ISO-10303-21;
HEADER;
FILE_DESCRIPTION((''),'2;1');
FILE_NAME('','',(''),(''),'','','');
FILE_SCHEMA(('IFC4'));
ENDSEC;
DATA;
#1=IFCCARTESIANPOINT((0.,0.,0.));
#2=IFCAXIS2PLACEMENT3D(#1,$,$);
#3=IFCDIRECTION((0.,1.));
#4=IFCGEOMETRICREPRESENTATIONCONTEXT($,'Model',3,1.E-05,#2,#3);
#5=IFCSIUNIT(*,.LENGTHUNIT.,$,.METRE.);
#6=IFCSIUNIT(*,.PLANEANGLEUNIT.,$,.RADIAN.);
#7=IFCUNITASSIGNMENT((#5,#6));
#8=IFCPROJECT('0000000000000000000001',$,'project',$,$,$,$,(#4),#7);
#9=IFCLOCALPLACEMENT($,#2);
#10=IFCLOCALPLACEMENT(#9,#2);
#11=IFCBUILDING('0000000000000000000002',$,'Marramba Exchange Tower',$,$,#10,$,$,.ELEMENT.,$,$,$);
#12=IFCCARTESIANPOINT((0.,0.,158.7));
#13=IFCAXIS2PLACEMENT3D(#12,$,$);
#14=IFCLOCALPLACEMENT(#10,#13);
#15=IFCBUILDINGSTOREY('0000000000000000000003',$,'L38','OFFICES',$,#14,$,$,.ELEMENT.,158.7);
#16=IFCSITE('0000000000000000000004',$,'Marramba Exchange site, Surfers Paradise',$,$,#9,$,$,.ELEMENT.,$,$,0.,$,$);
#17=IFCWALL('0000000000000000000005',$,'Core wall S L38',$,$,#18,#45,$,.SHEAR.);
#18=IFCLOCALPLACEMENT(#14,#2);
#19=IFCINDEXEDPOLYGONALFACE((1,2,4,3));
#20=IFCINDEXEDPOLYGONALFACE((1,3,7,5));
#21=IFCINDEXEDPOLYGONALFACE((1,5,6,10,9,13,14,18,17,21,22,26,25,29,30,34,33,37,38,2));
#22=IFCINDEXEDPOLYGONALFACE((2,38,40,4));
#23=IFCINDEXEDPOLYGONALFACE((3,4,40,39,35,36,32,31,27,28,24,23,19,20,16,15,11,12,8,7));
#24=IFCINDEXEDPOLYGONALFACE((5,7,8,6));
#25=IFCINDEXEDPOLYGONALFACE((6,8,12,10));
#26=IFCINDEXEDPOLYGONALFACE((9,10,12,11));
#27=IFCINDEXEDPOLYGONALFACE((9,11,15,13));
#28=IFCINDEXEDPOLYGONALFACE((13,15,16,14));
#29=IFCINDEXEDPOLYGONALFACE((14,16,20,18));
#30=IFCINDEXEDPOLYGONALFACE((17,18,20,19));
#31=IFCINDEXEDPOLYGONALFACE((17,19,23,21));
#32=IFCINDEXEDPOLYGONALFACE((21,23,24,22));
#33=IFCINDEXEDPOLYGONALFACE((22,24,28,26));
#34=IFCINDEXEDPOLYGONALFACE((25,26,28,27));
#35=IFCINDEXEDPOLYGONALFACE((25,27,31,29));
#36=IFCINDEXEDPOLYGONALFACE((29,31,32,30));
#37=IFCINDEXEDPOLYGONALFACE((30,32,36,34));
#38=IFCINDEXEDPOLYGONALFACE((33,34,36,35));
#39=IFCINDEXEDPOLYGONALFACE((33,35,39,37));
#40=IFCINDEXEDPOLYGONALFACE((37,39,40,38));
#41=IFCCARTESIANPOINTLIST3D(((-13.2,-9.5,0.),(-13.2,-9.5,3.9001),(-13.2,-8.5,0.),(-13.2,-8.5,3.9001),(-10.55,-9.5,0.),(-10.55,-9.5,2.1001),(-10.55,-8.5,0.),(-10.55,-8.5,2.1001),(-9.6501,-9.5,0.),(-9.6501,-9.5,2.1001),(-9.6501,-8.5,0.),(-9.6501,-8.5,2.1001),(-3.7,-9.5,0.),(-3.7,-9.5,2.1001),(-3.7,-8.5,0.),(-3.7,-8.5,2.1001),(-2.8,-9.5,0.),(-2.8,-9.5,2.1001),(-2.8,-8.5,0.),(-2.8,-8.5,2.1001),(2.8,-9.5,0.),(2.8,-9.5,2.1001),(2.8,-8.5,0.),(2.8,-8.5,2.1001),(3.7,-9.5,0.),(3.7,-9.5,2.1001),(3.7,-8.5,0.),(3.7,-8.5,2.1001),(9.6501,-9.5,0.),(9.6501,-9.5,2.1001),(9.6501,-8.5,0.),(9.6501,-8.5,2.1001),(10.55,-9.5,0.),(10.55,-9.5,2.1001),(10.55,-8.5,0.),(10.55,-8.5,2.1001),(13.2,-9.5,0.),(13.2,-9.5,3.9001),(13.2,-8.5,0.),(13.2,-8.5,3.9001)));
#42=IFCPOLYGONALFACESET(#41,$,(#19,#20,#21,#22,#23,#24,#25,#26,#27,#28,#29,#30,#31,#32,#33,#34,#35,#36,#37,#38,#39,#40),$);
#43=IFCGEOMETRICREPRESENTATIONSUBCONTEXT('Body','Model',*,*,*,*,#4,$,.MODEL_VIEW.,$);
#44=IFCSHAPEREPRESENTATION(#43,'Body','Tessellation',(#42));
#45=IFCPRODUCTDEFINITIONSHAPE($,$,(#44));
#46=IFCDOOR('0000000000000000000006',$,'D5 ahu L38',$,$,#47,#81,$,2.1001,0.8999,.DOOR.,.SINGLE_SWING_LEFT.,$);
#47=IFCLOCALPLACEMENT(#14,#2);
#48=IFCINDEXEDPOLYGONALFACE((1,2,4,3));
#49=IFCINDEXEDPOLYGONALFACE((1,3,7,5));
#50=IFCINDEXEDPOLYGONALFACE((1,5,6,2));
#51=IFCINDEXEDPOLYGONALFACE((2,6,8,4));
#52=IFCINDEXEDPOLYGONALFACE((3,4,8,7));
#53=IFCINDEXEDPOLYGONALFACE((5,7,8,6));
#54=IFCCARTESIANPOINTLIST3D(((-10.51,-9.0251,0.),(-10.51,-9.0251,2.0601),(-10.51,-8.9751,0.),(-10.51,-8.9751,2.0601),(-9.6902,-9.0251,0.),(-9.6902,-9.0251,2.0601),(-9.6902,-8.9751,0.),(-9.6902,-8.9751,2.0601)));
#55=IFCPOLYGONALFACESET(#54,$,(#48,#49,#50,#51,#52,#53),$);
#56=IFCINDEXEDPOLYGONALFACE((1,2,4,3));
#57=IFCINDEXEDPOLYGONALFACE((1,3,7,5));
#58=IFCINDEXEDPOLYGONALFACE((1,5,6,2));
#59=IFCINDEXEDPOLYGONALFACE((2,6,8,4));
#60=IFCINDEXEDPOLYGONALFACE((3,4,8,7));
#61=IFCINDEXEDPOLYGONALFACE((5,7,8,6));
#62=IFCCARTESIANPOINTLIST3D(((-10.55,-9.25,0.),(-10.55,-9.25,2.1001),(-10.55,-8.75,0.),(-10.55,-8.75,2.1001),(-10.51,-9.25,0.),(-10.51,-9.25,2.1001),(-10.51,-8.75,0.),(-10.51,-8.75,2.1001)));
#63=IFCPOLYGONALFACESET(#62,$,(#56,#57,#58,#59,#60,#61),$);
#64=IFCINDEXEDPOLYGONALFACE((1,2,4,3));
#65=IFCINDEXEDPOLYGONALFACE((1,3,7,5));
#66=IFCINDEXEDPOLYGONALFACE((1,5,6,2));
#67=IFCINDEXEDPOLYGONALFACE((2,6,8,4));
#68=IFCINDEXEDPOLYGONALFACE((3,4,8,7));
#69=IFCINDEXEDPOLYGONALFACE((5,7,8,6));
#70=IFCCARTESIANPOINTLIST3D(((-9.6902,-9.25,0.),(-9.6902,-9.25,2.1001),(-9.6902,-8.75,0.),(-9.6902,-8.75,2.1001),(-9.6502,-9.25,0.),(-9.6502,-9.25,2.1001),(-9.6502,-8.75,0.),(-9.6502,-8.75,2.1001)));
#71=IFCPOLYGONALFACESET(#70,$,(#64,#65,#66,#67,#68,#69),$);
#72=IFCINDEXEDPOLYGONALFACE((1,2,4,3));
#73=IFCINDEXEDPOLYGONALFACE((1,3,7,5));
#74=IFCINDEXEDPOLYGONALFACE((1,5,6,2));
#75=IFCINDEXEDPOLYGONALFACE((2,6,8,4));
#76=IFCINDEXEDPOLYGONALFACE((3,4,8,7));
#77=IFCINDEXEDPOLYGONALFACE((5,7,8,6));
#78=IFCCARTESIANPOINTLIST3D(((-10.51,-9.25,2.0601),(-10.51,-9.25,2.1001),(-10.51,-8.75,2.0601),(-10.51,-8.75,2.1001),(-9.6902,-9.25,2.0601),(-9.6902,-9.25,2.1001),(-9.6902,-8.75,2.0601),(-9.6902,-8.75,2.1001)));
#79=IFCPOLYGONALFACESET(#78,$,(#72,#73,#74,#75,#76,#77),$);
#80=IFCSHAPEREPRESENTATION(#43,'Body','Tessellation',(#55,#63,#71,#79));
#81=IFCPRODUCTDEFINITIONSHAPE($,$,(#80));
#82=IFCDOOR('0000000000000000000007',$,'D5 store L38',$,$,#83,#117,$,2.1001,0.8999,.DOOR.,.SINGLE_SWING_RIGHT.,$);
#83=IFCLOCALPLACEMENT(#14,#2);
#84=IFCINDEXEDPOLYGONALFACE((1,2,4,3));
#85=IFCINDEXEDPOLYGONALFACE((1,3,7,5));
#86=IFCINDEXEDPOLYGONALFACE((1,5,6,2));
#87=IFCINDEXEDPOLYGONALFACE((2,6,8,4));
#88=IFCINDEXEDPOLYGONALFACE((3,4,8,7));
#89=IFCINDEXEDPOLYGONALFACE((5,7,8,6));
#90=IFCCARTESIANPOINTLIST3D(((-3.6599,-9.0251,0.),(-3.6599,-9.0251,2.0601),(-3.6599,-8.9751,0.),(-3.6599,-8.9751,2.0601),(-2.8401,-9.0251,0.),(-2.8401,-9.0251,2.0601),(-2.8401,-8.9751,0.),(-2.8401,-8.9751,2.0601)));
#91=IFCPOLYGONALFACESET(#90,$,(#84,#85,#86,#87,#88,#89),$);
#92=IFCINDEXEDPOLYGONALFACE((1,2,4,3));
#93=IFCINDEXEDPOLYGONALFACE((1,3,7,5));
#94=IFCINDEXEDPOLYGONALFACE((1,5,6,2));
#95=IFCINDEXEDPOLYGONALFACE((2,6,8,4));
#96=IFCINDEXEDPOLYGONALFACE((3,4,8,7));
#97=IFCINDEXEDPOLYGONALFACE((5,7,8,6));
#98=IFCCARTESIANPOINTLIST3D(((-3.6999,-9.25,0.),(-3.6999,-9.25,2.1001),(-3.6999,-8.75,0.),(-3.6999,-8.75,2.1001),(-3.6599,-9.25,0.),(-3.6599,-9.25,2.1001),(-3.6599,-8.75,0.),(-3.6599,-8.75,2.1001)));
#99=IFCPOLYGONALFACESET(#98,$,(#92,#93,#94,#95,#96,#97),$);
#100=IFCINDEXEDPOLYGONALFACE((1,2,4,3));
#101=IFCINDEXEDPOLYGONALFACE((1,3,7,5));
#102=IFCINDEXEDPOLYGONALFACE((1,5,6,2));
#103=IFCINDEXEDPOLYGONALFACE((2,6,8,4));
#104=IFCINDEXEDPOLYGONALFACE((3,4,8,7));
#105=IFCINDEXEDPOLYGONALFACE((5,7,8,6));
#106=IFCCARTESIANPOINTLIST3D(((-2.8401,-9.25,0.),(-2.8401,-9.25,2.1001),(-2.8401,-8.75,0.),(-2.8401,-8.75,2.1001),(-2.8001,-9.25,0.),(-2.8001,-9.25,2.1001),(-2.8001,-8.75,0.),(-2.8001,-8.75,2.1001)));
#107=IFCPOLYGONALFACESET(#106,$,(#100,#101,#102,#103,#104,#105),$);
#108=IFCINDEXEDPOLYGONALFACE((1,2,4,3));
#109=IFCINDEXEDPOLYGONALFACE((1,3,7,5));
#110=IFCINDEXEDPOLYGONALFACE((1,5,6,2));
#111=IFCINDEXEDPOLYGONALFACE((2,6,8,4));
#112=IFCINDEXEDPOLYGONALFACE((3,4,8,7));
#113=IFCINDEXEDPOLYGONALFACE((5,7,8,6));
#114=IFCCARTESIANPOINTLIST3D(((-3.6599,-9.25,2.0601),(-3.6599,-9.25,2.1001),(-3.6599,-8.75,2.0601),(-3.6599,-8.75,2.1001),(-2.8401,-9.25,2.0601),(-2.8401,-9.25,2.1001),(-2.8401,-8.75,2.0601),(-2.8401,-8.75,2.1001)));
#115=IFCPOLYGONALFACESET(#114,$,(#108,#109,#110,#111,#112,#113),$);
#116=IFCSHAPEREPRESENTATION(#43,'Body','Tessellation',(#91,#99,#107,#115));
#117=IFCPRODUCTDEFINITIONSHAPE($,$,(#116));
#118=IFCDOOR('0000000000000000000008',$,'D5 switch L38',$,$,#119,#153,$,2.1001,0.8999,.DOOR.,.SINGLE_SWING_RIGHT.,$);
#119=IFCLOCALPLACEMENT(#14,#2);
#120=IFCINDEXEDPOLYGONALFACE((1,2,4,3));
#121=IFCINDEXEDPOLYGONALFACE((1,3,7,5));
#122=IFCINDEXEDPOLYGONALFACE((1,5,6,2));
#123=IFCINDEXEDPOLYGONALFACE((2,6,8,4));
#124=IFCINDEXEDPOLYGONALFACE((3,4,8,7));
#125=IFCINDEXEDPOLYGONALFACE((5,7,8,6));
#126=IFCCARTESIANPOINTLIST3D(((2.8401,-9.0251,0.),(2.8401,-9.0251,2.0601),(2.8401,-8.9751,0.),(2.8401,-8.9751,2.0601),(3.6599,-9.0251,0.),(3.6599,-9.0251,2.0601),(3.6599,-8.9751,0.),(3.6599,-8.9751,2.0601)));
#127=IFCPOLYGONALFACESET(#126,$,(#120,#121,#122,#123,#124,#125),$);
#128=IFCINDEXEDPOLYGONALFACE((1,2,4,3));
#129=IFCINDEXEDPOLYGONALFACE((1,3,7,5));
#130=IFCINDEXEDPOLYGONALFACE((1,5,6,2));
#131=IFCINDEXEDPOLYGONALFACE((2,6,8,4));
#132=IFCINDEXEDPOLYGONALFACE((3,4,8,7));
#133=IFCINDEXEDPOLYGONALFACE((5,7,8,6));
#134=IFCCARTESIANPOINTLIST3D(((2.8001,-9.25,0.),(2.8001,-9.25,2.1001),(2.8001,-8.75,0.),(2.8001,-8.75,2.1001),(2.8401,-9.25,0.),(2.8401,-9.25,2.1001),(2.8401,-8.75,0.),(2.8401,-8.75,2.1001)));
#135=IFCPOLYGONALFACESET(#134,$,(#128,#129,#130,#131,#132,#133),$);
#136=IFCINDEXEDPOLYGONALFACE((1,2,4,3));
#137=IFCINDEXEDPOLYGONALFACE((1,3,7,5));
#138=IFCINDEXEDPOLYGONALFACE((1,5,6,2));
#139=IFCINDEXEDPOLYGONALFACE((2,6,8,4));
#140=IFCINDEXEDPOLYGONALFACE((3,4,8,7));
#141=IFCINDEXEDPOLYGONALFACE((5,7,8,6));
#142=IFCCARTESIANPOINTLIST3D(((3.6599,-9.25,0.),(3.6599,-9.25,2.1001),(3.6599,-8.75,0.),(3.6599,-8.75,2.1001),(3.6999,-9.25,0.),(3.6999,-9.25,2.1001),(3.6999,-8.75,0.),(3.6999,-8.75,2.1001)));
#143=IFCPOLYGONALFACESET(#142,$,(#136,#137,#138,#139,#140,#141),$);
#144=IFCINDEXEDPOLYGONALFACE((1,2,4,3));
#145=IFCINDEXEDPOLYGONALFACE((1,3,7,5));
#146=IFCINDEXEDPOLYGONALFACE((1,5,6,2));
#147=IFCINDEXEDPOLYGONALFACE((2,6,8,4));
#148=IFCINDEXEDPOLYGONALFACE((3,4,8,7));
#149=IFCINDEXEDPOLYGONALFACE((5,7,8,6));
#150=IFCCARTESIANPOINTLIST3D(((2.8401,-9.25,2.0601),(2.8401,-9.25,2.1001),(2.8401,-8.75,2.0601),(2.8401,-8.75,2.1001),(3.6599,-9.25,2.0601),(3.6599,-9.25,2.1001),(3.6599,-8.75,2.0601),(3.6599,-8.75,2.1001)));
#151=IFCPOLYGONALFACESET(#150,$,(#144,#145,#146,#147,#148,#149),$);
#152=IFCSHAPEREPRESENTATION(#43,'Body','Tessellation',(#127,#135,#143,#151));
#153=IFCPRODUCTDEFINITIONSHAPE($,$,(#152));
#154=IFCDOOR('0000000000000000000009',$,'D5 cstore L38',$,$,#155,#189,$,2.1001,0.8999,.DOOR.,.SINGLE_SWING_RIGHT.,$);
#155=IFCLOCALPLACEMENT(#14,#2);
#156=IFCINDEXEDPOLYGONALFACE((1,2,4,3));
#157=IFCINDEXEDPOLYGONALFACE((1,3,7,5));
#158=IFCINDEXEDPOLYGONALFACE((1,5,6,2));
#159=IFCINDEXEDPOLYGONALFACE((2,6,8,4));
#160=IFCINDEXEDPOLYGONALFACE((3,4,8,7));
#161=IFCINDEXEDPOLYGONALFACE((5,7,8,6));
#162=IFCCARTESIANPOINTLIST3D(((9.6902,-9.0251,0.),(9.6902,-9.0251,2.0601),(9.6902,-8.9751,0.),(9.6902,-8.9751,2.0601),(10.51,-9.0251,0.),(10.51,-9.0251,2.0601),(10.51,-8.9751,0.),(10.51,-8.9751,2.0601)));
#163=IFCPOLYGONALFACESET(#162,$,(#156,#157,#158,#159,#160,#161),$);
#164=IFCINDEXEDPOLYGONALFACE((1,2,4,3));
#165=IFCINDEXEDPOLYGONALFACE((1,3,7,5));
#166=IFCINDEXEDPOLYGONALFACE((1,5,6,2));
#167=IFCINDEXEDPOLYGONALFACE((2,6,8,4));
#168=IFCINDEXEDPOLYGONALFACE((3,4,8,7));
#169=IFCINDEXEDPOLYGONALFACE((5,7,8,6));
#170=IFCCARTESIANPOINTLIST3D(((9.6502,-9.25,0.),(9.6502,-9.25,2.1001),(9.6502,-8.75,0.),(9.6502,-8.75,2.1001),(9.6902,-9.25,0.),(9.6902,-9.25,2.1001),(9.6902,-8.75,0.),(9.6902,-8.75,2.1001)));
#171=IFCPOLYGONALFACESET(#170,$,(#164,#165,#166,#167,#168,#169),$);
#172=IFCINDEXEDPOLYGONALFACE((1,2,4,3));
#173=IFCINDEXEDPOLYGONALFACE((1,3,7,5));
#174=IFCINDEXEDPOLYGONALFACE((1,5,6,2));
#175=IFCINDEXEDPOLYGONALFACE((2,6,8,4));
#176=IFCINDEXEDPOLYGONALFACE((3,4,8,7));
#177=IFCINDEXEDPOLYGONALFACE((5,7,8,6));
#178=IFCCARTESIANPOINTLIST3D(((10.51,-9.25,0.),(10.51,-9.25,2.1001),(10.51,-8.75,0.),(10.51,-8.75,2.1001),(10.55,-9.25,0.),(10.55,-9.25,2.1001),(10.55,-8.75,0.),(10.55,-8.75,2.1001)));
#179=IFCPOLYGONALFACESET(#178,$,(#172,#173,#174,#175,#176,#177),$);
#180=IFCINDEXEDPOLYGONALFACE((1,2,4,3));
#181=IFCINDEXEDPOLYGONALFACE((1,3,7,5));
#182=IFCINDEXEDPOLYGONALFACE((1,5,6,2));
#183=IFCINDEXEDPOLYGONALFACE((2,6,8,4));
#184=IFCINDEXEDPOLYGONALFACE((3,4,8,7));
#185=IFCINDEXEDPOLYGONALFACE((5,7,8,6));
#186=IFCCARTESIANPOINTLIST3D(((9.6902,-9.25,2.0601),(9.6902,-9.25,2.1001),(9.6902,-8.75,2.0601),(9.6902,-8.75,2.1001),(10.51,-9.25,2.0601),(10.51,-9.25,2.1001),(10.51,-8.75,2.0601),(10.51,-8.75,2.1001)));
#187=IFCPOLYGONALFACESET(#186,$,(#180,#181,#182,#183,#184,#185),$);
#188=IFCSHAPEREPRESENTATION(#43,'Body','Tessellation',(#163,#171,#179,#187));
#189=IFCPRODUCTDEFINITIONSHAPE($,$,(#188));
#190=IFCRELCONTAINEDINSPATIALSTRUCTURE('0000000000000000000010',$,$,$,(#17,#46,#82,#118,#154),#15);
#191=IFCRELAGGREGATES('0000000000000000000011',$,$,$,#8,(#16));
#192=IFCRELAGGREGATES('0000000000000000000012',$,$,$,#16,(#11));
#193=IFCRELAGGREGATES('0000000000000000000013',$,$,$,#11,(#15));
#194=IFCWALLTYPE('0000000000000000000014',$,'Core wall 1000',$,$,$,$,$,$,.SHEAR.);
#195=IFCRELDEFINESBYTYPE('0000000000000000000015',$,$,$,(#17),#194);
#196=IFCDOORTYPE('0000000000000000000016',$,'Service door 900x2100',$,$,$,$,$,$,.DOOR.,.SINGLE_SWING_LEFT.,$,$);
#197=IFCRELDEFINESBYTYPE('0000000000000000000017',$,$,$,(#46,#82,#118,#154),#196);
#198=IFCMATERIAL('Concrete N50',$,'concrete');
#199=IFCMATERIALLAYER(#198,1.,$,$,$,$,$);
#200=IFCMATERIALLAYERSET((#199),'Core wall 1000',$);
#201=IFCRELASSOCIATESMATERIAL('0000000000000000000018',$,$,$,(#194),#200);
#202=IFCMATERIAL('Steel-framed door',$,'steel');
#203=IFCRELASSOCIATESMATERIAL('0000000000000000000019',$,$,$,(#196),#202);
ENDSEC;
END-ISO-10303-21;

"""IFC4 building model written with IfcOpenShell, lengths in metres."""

from ifc_helpers import new_model, si_unit, direction, frame, frame_2d, origin, place, context, subcontext, project, spatial, rectangle, extrude, material, layer, layer_set, type_object, element, fill, save


model = new_model("IFC4")

# Units and contexts
model_context = context("Model", 3, precision=1e-05, world=origin(), true_north=direction((0.0, 1.0)))
body_context = subcontext(model_context, "Body", "Model", "MODEL_VIEW")
ifc_project = project(units=[si_unit("LENGTHUNIT", "METRE"), si_unit("PLANEANGLEUNIT", "RADIAN")], contexts=[model_context])

# Site, building, storey
site_placement = place(None, origin())
site = spatial("IfcSite", under=ifc_project, at=site_placement, Name="Marramba Exchange site, Surfers Paradise", CompositionType="ELEMENT", RefElevation=0.0)
building_placement = place(site_placement, origin())
building = spatial("IfcBuilding", under=site, at=building_placement, Name="Marramba Exchange Tower", CompositionType="ELEMENT")
storey_placement = place(building_placement, frame((0.0, 0.0, 158.7)))
storey = spatial("IfcBuildingStorey", under=building, at=storey_placement, Name="L38", Description="OFFICES", CompositionType="ELEMENT", Elevation=158.7)

# Shared definitions
ifc_material_1 = material(Name="Concrete N50", Category="concrete")

# Wall, openings, doors
ifc_layer_1 = layer(ifc_material_1, 1.0)
ifc_layer_set_1 = layer_set([ifc_layer_1], Name="Core wall 1000")
wall_type_1 = type_object("IfcWallType", Name="Core wall 1000", PredefinedType="SHEAR", material=ifc_layer_set_1)
wall_1_placement = place(storey_placement, frame((-13.2, -9.0, 0.0), z_axis=(0.0, 0.0, 1.0), x_axis=(1.0, 0.0, 0.0)))
wall_1 = element("IfcWall", 1, at=wall_1_placement, inside=storey, type_object=wall_type_1, Name="Core wall S L38", PredefinedType="SHEAR", context=body_context, shape_type="SweptSolid", body=[
    extrude(rectangle(XDim=26.3999, YDim=1.0, at=frame_2d((13.2, 0.0))), origin(), (0.0, 0.0, 1.0), 3.9001),
])
opening_1_placement = place(wall_1_placement, frame((2.6499, 0.0, 0.0)))
opening_1 = element("IfcOpeningElement", 2, at=opening_1_placement, cuts=wall_1, PredefinedType="OPENING", context=body_context, shape_type="SweptSolid", body=[
    extrude(rectangle(XDim=0.8999, YDim=2.1001, at=frame_2d((0.45, 1.05))), frame((0.0, 0.51, 0.0), z_axis=(0.0, -1.0, 0.0), x_axis=(1.0, 0.0, 0.0)), (0.0, 0.0, 1.0), 1.02),
])
opening_2_placement = place(wall_1_placement, frame((9.5, 0.0, 0.0)))
opening_2 = element("IfcOpeningElement", 3, at=opening_2_placement, cuts=wall_1, PredefinedType="OPENING", context=body_context, shape_type="SweptSolid", body=[
    extrude(rectangle(XDim=0.8999, YDim=2.1001, at=frame_2d((0.45, 1.05))), frame((0.0, 0.51, 0.0), z_axis=(0.0, -1.0, 0.0), x_axis=(1.0, 0.0, 0.0)), (0.0, 0.0, 1.0), 1.02),
])
opening_3_placement = place(wall_1_placement, frame((16.0, 0.0, 0.0)))
opening_3 = element("IfcOpeningElement", 4, at=opening_3_placement, cuts=wall_1, PredefinedType="OPENING", context=body_context, shape_type="SweptSolid", body=[
    extrude(rectangle(XDim=0.8999, YDim=2.1001, at=frame_2d((0.45, 1.05))), frame((0.0, 0.51, 0.0), z_axis=(0.0, -1.0, 0.0), x_axis=(1.0, 0.0, 0.0)), (0.0, 0.0, 1.0), 1.02),
])
opening_4_placement = place(wall_1_placement, frame((22.8501, 0.0, 0.0)))
opening_4 = element("IfcOpeningElement", 5, at=opening_4_placement, cuts=wall_1, PredefinedType="OPENING", context=body_context, shape_type="SweptSolid", body=[
    extrude(rectangle(XDim=0.8999, YDim=2.1001, at=frame_2d((0.45, 1.05))), frame((0.0, 0.51, 0.0), z_axis=(0.0, -1.0, 0.0), x_axis=(1.0, 0.0, 0.0)), (0.0, 0.0, 1.0), 1.02),
])
ifc_material_2 = material(Name="Steel-framed door", Category="steel")
door_type_1 = type_object("IfcDoorType", Name="Service door 900x2100", OperationType="SINGLE_SWING_LEFT", PredefinedType="DOOR", material=ifc_material_2)
door_1_placement = place(opening_1_placement, origin())
door_1 = element("IfcDoor", 6, at=door_1_placement, inside=storey, type_object=door_type_1, Name="D5 ahu L38", OperationType="SINGLE_SWING_LEFT", OverallHeight=2.1001, OverallWidth=0.8999, PredefinedType="DOOR", context=body_context, shape_type="SweptSolid", body=[
    extrude(rectangle(XDim=0.8198, YDim=2.0601, at=frame_2d((0.45, 1.03))), frame((0.0, 0.0249, 0.0), z_axis=(0.0, -1.0, 0.0), x_axis=(1.0, 0.0, 0.0)), (0.0, 0.0, 1.0), 0.05),
    extrude(rectangle(XDim=0.04, YDim=2.1001, at=frame_2d((0.02, 1.05))), frame((0.0, 0.25, 0.0), z_axis=(0.0, -1.0, 0.0), x_axis=(1.0, 0.0, 0.0)), (0.0, 0.0, 1.0), 0.5),
    extrude(rectangle(XDim=0.04, YDim=2.1001, at=frame_2d((0.8799, 1.05))), frame((0.0, 0.25, 0.0), z_axis=(0.0, -1.0, 0.0), x_axis=(1.0, 0.0, 0.0)), (0.0, 0.0, 1.0), 0.5),
    extrude(rectangle(XDim=0.8198, YDim=0.04, at=frame_2d((0.45, 2.0801))), frame((0.0, 0.25, 0.0), z_axis=(0.0, -1.0, 0.0), x_axis=(1.0, 0.0, 0.0)), (0.0, 0.0, 1.0), 0.5),
])
fill(opening_1, door_1)
door_2_placement = place(opening_2_placement, origin())
door_2 = element("IfcDoor", 7, at=door_2_placement, inside=storey, type_object=door_type_1, Name="D5 store L38", OperationType="SINGLE_SWING_RIGHT", OverallHeight=2.1001, OverallWidth=0.8999, PredefinedType="DOOR", context=body_context, shape_type="SweptSolid", body=[
    extrude(rectangle(XDim=0.8198, YDim=2.0601, at=frame_2d((0.45, 1.03))), frame((0.0, 0.0249, 0.0), z_axis=(0.0, -1.0, 0.0), x_axis=(1.0, 0.0, 0.0)), (0.0, 0.0, 1.0), 0.05),
    extrude(rectangle(XDim=0.04, YDim=2.1001, at=frame_2d((0.02, 1.05))), frame((0.0, 0.25, 0.0), z_axis=(0.0, -1.0, 0.0), x_axis=(1.0, 0.0, 0.0)), (0.0, 0.0, 1.0), 0.5),
    extrude(rectangle(XDim=0.04, YDim=2.1001, at=frame_2d((0.8799, 1.05))), frame((0.0, 0.25, 0.0), z_axis=(0.0, -1.0, 0.0), x_axis=(1.0, 0.0, 0.0)), (0.0, 0.0, 1.0), 0.5),
    extrude(rectangle(XDim=0.8198, YDim=0.04, at=frame_2d((0.45, 2.0801))), frame((0.0, 0.25, 0.0), z_axis=(0.0, -1.0, 0.0), x_axis=(1.0, 0.0, 0.0)), (0.0, 0.0, 1.0), 0.5),
])
fill(opening_2, door_2)
door_3_placement = place(opening_3_placement, origin())
door_3 = element("IfcDoor", 8, at=door_3_placement, inside=storey, type_object=door_type_1, Name="D5 switch L38", OperationType="SINGLE_SWING_RIGHT", OverallHeight=2.1001, OverallWidth=0.8999, PredefinedType="DOOR", context=body_context, shape_type="SweptSolid", body=[
    extrude(rectangle(XDim=0.8198, YDim=2.0601, at=frame_2d((0.45, 1.03))), frame((0.0, 0.0249, 0.0), z_axis=(0.0, -1.0, 0.0), x_axis=(1.0, 0.0, 0.0)), (0.0, 0.0, 1.0), 0.05),
    extrude(rectangle(XDim=0.04, YDim=2.1001, at=frame_2d((0.02, 1.05))), frame((0.0, 0.25, 0.0), z_axis=(0.0, -1.0, 0.0), x_axis=(1.0, 0.0, 0.0)), (0.0, 0.0, 1.0), 0.5),
    extrude(rectangle(XDim=0.04, YDim=2.1001, at=frame_2d((0.8799, 1.05))), frame((0.0, 0.25, 0.0), z_axis=(0.0, -1.0, 0.0), x_axis=(1.0, 0.0, 0.0)), (0.0, 0.0, 1.0), 0.5),
    extrude(rectangle(XDim=0.8198, YDim=0.04, at=frame_2d((0.45, 2.0801))), frame((0.0, 0.25, 0.0), z_axis=(0.0, -1.0, 0.0), x_axis=(1.0, 0.0, 0.0)), (0.0, 0.0, 1.0), 0.5),
])
fill(opening_3, door_3)
door_4_placement = place(opening_4_placement, origin())
door_4 = element("IfcDoor", 9, at=door_4_placement, inside=storey, type_object=door_type_1, Name="D5 cstore L38", OperationType="SINGLE_SWING_RIGHT", OverallHeight=2.1001, OverallWidth=0.8999, PredefinedType="DOOR", context=body_context, shape_type="SweptSolid", body=[
    extrude(rectangle(XDim=0.8198, YDim=2.0601, at=frame_2d((0.45, 1.03))), frame((0.0, 0.0249, 0.0), z_axis=(0.0, -1.0, 0.0), x_axis=(1.0, 0.0, 0.0)), (0.0, 0.0, 1.0), 0.05),
    extrude(rectangle(XDim=0.04, YDim=2.1001, at=frame_2d((0.02, 1.05))), frame((0.0, 0.25, 0.0), z_axis=(0.0, -1.0, 0.0), x_axis=(1.0, 0.0, 0.0)), (0.0, 0.0, 1.0), 0.5),
    extrude(rectangle(XDim=0.04, YDim=2.1001, at=frame_2d((0.8799, 1.05))), frame((0.0, 0.25, 0.0), z_axis=(0.0, -1.0, 0.0), x_axis=(1.0, 0.0, 0.0)), (0.0, 0.0, 1.0), 0.5),
    extrude(rectangle(XDim=0.8198, YDim=0.04, at=frame_2d((0.45, 2.0801))), frame((0.0, 0.25, 0.0), z_axis=(0.0, -1.0, 0.0), x_axis=(1.0, 0.0, 0.0)), (0.0, 0.0, 1.0), 0.5),
])
fill(opening_4, door_4)

save(model, "model.ifc")
